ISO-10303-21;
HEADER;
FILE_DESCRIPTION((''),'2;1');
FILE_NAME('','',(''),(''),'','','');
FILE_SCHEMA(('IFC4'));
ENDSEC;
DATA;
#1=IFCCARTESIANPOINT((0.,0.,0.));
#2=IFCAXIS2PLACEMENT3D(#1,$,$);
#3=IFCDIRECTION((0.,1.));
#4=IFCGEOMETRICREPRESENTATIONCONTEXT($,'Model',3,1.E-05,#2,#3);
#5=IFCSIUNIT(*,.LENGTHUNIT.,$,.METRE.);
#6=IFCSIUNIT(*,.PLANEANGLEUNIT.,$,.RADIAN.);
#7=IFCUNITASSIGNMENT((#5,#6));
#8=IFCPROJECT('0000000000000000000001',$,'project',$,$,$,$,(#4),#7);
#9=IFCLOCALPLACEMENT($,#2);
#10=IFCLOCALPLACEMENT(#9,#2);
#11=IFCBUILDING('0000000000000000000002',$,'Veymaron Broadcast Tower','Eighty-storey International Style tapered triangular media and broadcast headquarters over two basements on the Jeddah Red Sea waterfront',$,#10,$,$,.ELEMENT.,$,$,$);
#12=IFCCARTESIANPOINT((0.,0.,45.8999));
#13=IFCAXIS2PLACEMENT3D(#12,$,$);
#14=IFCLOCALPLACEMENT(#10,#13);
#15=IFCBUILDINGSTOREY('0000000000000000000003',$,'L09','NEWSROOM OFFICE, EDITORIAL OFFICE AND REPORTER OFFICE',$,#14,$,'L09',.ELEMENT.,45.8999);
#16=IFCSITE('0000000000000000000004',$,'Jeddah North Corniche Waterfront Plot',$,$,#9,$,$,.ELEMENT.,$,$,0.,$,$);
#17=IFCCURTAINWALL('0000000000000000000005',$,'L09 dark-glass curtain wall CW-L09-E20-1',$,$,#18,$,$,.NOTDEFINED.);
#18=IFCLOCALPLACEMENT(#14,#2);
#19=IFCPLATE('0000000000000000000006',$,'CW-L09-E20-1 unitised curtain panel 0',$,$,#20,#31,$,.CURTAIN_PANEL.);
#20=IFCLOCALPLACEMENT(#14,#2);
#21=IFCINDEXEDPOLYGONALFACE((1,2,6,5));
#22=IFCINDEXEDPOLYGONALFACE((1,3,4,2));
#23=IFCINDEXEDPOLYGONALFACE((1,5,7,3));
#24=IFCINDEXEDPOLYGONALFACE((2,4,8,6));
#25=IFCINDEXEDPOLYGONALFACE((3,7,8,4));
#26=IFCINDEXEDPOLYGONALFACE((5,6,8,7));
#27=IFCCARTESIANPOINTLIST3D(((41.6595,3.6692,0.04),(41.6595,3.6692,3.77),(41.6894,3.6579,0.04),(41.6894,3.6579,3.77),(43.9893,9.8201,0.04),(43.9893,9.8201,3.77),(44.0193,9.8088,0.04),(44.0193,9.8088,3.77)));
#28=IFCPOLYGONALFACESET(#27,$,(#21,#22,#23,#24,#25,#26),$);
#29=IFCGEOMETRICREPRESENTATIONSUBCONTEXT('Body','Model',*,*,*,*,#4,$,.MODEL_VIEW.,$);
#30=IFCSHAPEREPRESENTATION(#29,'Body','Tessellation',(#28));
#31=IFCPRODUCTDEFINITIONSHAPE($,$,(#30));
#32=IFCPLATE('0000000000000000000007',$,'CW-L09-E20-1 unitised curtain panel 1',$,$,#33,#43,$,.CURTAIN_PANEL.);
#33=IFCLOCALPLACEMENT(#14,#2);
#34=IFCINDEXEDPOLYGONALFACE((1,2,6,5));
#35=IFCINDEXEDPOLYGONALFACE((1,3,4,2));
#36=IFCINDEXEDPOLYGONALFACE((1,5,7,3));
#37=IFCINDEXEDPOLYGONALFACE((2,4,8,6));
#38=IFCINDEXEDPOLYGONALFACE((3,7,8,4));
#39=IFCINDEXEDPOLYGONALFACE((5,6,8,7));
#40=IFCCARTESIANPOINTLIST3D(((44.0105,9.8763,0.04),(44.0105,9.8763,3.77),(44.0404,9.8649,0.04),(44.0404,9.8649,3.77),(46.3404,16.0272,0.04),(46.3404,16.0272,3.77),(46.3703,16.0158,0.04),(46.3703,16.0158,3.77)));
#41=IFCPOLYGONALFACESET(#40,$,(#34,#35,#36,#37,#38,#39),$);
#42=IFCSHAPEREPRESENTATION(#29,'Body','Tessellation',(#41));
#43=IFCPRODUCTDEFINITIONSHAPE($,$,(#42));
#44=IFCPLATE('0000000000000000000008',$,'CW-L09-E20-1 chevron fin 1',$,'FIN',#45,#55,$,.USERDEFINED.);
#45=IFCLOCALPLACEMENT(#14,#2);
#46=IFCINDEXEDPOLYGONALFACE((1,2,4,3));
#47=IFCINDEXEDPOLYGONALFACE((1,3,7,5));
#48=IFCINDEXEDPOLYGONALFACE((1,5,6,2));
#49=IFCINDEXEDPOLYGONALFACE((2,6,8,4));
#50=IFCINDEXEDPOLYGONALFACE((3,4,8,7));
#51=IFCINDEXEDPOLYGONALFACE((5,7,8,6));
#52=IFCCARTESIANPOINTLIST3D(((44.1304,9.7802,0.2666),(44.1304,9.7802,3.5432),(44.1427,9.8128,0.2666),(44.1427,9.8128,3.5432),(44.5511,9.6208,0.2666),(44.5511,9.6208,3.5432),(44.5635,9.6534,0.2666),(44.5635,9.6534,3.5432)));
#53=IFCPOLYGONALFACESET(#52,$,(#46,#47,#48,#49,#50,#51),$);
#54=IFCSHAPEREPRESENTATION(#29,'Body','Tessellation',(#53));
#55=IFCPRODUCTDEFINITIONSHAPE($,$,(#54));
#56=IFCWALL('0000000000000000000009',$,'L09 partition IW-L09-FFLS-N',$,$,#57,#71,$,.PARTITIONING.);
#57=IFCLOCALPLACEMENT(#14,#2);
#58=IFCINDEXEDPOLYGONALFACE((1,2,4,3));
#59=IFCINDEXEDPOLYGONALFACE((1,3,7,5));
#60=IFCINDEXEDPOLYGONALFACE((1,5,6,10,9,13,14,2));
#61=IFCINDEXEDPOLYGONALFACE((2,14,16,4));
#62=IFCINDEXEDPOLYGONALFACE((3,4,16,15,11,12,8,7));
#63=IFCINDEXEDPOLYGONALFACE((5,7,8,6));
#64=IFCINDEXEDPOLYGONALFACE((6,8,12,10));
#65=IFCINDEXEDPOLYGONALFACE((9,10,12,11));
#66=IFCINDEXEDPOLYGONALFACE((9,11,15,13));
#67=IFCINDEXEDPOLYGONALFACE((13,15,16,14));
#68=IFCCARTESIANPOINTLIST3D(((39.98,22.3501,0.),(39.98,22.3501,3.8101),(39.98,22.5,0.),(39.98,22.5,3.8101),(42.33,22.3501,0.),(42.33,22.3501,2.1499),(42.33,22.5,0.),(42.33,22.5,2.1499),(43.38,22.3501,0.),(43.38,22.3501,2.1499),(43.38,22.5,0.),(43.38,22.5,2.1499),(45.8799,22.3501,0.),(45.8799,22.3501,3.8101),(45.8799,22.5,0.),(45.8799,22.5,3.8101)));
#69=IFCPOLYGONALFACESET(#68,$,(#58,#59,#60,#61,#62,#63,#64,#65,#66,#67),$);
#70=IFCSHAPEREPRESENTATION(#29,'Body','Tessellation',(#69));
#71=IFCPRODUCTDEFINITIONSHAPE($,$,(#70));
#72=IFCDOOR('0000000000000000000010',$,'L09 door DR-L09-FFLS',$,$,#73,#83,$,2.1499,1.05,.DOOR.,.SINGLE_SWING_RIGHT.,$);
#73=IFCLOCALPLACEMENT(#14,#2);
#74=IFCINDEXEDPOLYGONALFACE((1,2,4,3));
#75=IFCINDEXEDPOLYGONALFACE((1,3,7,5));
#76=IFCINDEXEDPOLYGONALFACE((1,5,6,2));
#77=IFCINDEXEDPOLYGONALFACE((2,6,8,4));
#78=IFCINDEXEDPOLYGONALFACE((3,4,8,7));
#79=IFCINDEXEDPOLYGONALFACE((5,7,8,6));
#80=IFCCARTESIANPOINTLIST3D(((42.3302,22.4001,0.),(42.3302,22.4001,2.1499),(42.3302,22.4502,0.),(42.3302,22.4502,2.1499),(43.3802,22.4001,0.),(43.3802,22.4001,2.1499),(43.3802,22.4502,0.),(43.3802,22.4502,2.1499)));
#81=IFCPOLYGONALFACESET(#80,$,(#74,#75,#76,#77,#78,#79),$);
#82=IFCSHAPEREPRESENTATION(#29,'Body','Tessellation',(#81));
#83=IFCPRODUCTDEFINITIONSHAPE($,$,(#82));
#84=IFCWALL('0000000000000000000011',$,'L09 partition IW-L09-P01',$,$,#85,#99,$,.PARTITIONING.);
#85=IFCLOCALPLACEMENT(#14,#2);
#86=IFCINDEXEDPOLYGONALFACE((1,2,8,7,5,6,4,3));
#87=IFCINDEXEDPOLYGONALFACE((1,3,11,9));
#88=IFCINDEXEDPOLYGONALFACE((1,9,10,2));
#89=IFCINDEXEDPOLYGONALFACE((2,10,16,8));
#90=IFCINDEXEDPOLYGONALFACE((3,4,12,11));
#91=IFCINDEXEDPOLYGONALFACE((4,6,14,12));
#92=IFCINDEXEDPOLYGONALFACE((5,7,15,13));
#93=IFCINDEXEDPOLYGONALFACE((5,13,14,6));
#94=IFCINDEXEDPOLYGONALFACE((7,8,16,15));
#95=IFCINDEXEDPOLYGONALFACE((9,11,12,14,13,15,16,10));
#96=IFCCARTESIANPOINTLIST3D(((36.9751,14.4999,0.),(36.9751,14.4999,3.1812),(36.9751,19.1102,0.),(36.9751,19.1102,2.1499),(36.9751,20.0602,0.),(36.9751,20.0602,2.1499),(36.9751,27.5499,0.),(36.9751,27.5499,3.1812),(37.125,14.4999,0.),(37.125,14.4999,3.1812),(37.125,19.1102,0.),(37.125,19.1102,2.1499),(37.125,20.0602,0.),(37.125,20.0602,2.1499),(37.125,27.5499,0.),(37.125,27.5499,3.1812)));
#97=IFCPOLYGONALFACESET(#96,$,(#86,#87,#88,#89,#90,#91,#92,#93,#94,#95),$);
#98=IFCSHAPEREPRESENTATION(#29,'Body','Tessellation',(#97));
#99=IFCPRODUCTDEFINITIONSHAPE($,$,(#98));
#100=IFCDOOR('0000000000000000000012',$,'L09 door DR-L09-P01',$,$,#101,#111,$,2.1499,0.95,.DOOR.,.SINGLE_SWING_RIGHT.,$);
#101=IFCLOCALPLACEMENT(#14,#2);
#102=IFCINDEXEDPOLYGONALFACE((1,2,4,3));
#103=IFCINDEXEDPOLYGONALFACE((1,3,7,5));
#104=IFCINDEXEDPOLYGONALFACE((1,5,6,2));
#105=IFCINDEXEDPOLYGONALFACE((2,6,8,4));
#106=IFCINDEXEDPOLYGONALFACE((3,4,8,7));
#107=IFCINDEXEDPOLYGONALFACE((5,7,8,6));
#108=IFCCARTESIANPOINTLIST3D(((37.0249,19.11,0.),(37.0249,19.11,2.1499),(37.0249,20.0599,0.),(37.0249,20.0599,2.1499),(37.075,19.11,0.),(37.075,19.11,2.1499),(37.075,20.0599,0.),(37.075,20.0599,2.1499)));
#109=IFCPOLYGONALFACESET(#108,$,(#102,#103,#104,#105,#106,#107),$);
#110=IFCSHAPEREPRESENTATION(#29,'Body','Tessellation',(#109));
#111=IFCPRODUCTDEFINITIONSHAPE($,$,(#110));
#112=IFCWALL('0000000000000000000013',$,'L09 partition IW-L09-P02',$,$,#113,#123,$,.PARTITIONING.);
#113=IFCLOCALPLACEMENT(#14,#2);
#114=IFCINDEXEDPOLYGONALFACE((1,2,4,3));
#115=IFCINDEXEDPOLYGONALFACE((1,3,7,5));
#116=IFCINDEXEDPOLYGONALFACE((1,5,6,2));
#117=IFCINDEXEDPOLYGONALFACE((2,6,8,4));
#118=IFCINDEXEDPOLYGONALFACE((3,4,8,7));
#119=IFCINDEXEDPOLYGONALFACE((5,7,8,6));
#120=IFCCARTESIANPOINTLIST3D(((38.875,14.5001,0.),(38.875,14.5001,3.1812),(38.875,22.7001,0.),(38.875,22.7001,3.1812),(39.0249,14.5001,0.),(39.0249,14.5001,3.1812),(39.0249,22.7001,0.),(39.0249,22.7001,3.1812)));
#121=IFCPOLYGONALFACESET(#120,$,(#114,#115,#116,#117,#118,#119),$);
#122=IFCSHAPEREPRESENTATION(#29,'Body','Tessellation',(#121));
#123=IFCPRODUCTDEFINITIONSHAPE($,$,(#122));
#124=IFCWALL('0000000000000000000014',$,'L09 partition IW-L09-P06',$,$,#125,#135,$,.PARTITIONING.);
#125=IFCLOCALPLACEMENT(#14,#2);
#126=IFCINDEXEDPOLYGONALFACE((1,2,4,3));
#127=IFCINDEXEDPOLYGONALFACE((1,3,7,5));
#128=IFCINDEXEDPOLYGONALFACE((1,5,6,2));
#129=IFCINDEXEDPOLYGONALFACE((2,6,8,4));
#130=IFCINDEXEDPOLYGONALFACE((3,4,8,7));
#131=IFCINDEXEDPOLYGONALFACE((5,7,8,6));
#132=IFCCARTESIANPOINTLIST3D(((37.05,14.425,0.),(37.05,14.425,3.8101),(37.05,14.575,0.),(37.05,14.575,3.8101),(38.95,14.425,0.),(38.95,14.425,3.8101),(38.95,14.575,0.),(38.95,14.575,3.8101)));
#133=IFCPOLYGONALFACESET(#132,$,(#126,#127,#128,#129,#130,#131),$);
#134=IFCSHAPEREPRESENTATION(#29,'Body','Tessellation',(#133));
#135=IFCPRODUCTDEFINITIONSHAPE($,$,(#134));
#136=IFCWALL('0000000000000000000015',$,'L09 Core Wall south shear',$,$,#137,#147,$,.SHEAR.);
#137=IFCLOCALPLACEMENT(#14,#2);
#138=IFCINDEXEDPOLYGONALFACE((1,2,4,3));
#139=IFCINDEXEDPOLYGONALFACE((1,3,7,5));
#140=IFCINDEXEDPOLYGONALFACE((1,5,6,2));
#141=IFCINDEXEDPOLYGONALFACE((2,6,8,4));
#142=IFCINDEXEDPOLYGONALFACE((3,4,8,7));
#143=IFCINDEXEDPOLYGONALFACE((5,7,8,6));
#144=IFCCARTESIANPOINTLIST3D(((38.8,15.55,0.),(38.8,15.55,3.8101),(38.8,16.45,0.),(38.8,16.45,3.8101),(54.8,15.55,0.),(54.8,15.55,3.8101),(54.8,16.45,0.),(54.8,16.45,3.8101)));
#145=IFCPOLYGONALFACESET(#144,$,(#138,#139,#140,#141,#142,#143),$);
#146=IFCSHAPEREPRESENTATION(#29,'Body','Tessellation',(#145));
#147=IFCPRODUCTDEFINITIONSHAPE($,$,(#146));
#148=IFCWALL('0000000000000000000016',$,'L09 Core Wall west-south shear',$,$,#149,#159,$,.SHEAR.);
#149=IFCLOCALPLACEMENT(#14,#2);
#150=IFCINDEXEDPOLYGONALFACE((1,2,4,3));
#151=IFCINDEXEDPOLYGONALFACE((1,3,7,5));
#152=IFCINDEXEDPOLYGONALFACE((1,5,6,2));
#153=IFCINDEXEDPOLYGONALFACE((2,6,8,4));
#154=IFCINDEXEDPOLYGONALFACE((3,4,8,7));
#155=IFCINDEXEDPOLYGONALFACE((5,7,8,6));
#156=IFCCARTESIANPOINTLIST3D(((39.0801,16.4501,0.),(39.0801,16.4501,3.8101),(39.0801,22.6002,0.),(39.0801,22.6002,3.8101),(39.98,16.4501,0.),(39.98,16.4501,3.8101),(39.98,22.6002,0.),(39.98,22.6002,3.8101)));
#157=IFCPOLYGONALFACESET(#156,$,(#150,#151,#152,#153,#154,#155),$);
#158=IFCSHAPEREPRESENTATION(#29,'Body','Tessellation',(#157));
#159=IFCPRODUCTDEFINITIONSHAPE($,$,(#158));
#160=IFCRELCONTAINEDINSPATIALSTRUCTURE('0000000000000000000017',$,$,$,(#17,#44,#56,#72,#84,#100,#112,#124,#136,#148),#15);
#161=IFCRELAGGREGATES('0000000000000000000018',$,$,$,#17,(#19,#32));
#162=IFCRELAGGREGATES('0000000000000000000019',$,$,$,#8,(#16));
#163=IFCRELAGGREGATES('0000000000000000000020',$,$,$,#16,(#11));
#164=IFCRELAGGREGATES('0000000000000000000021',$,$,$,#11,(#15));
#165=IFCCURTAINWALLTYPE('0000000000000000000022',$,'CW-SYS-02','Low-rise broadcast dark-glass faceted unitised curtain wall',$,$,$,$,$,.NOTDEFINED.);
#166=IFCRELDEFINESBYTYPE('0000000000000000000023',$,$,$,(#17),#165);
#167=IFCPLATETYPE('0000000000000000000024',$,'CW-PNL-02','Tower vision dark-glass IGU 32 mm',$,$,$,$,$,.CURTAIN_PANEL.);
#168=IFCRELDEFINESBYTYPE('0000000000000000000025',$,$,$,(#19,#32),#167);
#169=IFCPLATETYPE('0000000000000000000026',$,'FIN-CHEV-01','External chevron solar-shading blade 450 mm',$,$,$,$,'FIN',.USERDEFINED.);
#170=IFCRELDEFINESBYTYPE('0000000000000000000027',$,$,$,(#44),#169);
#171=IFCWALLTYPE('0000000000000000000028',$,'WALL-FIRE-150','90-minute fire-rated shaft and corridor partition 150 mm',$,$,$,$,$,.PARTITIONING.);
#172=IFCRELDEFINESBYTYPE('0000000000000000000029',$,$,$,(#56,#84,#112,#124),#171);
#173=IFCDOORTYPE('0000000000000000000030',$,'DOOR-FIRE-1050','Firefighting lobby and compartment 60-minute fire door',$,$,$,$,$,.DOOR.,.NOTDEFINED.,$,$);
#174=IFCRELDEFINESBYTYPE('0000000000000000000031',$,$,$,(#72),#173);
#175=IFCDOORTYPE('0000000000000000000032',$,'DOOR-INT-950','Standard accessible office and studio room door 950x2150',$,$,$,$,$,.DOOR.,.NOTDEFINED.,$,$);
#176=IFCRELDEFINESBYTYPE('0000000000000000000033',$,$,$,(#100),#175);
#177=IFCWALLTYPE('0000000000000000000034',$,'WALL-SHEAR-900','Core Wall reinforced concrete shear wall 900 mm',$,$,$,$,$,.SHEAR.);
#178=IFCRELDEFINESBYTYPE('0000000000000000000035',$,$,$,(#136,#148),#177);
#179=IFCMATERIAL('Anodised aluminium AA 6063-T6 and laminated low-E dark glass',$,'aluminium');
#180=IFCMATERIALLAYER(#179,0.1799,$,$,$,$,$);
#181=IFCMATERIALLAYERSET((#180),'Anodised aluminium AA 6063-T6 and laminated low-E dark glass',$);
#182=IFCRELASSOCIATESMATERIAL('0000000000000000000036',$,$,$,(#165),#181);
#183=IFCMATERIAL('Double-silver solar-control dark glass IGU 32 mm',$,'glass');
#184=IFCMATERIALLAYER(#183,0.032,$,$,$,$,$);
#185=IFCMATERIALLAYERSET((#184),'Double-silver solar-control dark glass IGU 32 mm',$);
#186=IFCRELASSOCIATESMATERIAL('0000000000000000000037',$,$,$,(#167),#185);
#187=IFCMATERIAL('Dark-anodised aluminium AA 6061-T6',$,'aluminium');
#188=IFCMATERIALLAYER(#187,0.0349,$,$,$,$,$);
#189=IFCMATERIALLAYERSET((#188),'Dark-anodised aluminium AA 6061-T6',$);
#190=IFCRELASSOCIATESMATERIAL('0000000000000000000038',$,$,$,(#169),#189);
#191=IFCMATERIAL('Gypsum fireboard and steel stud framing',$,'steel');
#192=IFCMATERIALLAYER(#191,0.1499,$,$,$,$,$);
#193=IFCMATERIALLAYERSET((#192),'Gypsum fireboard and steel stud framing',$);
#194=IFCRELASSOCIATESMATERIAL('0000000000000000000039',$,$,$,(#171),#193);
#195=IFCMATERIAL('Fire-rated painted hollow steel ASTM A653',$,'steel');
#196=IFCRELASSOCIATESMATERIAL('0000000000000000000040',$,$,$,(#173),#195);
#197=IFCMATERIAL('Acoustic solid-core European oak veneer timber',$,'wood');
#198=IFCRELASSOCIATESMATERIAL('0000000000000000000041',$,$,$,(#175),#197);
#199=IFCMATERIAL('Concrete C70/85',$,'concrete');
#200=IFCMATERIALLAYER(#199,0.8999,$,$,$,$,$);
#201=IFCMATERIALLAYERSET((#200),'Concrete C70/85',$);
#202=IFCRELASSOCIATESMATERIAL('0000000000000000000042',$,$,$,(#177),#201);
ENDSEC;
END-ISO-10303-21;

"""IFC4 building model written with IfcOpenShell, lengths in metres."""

from ifc_helpers import new_model, si_unit, direction, frame, frame_2d, origin, origin_2d, place, context, subcontext, project, spatial, rectangle, extrude, material, layer, layer_set, type_object, element, fill, aggregate, save


model = new_model("IFC4")

# Units and contexts
model_context = context("Model", 3, precision=1e-05, world=origin(), true_north=direction((0.0, 1.0)))
body_context = subcontext(model_context, "Body", "Model", "MODEL_VIEW")
ifc_project = project(units=[si_unit("LENGTHUNIT", "METRE"), si_unit("PLANEANGLEUNIT", "RADIAN")], contexts=[model_context])

# Site, building, storey
site_placement = place(None, origin())
site = spatial("IfcSite", under=ifc_project, at=site_placement, Name="Jeddah North Corniche Waterfront Plot", CompositionType="ELEMENT", RefElevation=0.0)
building_placement = place(site_placement, origin())
building = spatial("IfcBuilding", under=site, at=building_placement, Name="Veymaron Broadcast Tower", Description="Eighty-storey International Style tapered triangular media and broadcast headquarters over two basements on the Jeddah Red Sea waterfront", CompositionType="ELEMENT")
storey_placement = place(building_placement, frame((0.0, 0.0, 45.8999)))
storey = spatial("IfcBuildingStorey", under=building, at=storey_placement, Name="L09", Description="NEWSROOM OFFICE, EDITORIAL OFFICE AND REPORTER OFFICE", LongName="L09", CompositionType="ELEMENT", Elevation=45.8999)

# Shared definitions
ifc_material_1 = material(Name="Concrete C70/85", Category="concrete")

# Curtain wall, plates
ifc_material_2 = material(Name="Anodised aluminium AA 6063-T6 and laminated low-E dark glass", Category="aluminium")
ifc_layer_1 = layer(ifc_material_2, 0.1799)
ifc_layer_set_1 = layer_set([ifc_layer_1], Name="Anodised aluminium AA 6063-T6 and laminated low-E dark glass")
curtain_wall_type = type_object("IfcCurtainWallType", Name="CW-SYS-02", Description="Low-rise broadcast dark-glass faceted unitised curtain wall", PredefinedType="NOTDEFINED", material=ifc_layer_set_1)
curtain_wall_placement = place(storey_placement, origin())
curtain_wall = element("IfcCurtainWall", 1, at=curtain_wall_placement, inside=storey, type_object=curtain_wall_type, Name="L09 dark-glass curtain wall CW-L09-E20-1", PredefinedType="NOTDEFINED")
ifc_material_3 = material(Name="Double-silver solar-control dark glass IGU 32 mm", Category="glass")
ifc_layer_2 = layer(ifc_material_3, 0.032)
ifc_layer_set_2 = layer_set([ifc_layer_2], Name="Double-silver solar-control dark glass IGU 32 mm")
plate_type_1 = type_object("IfcPlateType", Name="CW-PNL-02", Description="Tower vision dark-glass IGU 32 mm", PredefinedType="CURTAIN_PANEL", material=ifc_layer_set_2)
plate_1_placement = place(storey_placement, frame((42.8394, 6.739, 0.04), z_axis=(0.0, 0.0, 1.0), x_axis=(0.354226, 0.93516, 0.0)))
plate_1 = element("IfcPlate", 2, at=plate_1_placement, type_object=plate_type_1, Name="CW-L09-E20-1 unitised curtain panel 0", PredefinedType="CURTAIN_PANEL", context=body_context, shape_type="SweptSolid", body=[
    extrude(rectangle(XDim=6.5774, YDim=0.032, at=origin_2d()), origin(), (0.0, 0.0, 1.0), 3.73),
])
plate_2_placement = place(storey_placement, frame((45.1904, 12.946, 0.04), z_axis=(0.0, 0.0, 1.0), x_axis=(0.354226, 0.93516, 0.0)))
plate_2 = element("IfcPlate", 3, at=plate_2_placement, type_object=plate_type_1, Name="CW-L09-E20-1 unitised curtain panel 1", PredefinedType="CURTAIN_PANEL", context=body_context, shape_type="SweptSolid", body=[
    extrude(rectangle(XDim=6.5774, YDim=0.032, at=origin_2d()), origin(), (0.0, 0.0, 1.0), 3.73),
])
aggregate(curtain_wall, [plate_1, plate_2])

# Plate
ifc_material_4 = material(Name="Dark-anodised aluminium AA 6061-T6", Category="aluminium")
ifc_layer_3 = layer(ifc_material_4, 0.0349)
ifc_layer_set_3 = layer_set([ifc_layer_3], Name="Dark-anodised aluminium AA 6061-T6")
plate_type_2 = type_object("IfcPlateType", Name="FIN-CHEV-01", Description="External chevron solar-shading blade 450 mm", ElementType="FIN", PredefinedType="USERDEFINED", material=ifc_layer_set_3)
plate_3_placement = place(storey_placement, frame((44.3469, 9.7168, 0.2666), z_axis=(0.0, 0.0, 1.0), x_axis=(0.93516, -0.354226, 0.0)))
element("IfcPlate", 4, at=plate_3_placement, inside=storey, type_object=plate_type_2, Name="CW-L09-E20-1 chevron fin 1", ObjectType="FIN", PredefinedType="USERDEFINED", context=body_context, shape_type="SweptSolid", body=[
    extrude(rectangle(XDim=0.45, YDim=0.0349, at=origin_2d()), origin(), (0.0, 0.0, 1.0), 3.2766),
])

# Walls, openings, doors
ifc_material_5 = material(Name="Gypsum fireboard and steel stud framing", Category="steel")
ifc_layer_4 = layer(ifc_material_5, 0.1499)
ifc_layer_set_4 = layer_set([ifc_layer_4], Name="Gypsum fireboard and steel stud framing")
wall_type_1 = type_object("IfcWallType", Name="WALL-FIRE-150", Description="90-minute fire-rated shaft and corridor partition 150 mm", PredefinedType="PARTITIONING", material=ifc_layer_set_4)
wall_1_placement = place(storey_placement, frame((39.98, 22.425, 0.0), z_axis=(0.0, 0.0, 1.0), x_axis=(1.0, 0.0, 0.0)))
wall_1 = element("IfcWall", 5, at=wall_1_placement, inside=storey, type_object=wall_type_1, Name="L09 partition IW-L09-FFLS-N", PredefinedType="PARTITIONING", context=body_context, shape_type="SweptSolid", body=[
    extrude(rectangle(XDim=5.8999, YDim=0.1499, at=frame_2d((2.95, 0.0))), origin(), (0.0, 0.0, 1.0), 3.8101),
])
opening_1_placement = place(wall_1_placement, frame((2.3501, 0.0, 0.0)))
opening_1 = element("IfcOpeningElement", 6, at=opening_1_placement, cuts=wall_1, PredefinedType="OPENING", context=body_context, shape_type="SweptSolid", body=[
    extrude(rectangle(XDim=1.05, YDim=2.1499, at=frame_2d((0.5249, 1.075))), frame((0.0, 0.085, 0.0), z_axis=(0.0, -1.0, 0.0), x_axis=(1.0, 0.0, 0.0)), (0.0, 0.0, 1.0), 0.1699),
])
ifc_material_6 = material(Name="Fire-rated painted hollow steel ASTM A653", Category="steel")
door_type_1 = type_object("IfcDoorType", Name="DOOR-FIRE-1050", Description="Firefighting lobby and compartment 60-minute fire door", OperationType="NOTDEFINED", PredefinedType="DOOR", material=ifc_material_6)
door_1_placement = place(opening_1_placement, frame((1.05, 0.0, 0.0), z_axis=(0.0, 0.0, 1.0), x_axis=(-1.0, 0.0, 0.0)))
door_1 = element("IfcDoor", 7, at=door_1_placement, inside=storey, type_object=door_type_1, Name="L09 door DR-L09-FFLS", OperationType="SINGLE_SWING_RIGHT", OverallHeight=2.1499, OverallWidth=1.05, PredefinedType="DOOR", context=body_context, shape_type="SweptSolid", body=[
    extrude(rectangle(XDim=1.05, YDim=2.1499, at=frame_2d((0.5249, 1.075))), frame((0.0, 0.0249, 0.0), z_axis=(0.0, -1.0, 0.0), x_axis=(1.0, 0.0, 0.0)), (0.0, 0.0, 1.0), 0.05),
])
fill(opening_1, door_1)
wall_2_placement = place(storey_placement, frame((37.05, 14.5, 0.0), z_axis=(0.0, 0.0, 1.0), x_axis=(0.0, 1.0, 0.0)))
wall_2 = element("IfcWall", 8, at=wall_2_placement, inside=storey, type_object=wall_type_1, Name="L09 partition IW-L09-P01", PredefinedType="PARTITIONING", context=body_context, shape_type="SweptSolid", body=[
    extrude(rectangle(XDim=13.05, YDim=0.1499, at=frame_2d((6.5249, 0.0))), origin(), (0.0, 0.0, 1.0), 3.1812),
])
opening_2_placement = place(wall_2_placement, frame((4.6101, 0.0, 0.0)))
opening_2 = element("IfcOpeningElement", 9, at=opening_2_placement, cuts=wall_2, PredefinedType="OPENING", context=body_context, shape_type="SweptSolid", body=[
    extrude(rectangle(XDim=0.95, YDim=2.1499, at=frame_2d((0.4751, 1.075))), frame((0.0, 0.085, 0.0), z_axis=(0.0, -1.0, 0.0), x_axis=(1.0, 0.0, 0.0)), (0.0, 0.0, 1.0), 0.1699),
])
ifc_material_7 = material(Name="Acoustic solid-core European oak veneer timber", Category="wood")
door_type_2 = type_object("IfcDoorType", Name="DOOR-INT-950", Description="Standard accessible office and studio room door 950x2150", OperationType="NOTDEFINED", PredefinedType="DOOR", material=ifc_material_7)
door_2_placement = place(opening_2_placement, frame((0.95, 0.0, 0.0), z_axis=(0.0, 0.0, 1.0), x_axis=(-1.0, 0.0, 0.0)))
door_2 = element("IfcDoor", 10, at=door_2_placement, inside=storey, type_object=door_type_2, Name="L09 door DR-L09-P01", OperationType="SINGLE_SWING_RIGHT", OverallHeight=2.1499, OverallWidth=0.95, PredefinedType="DOOR", context=body_context, shape_type="SweptSolid", body=[
    extrude(rectangle(XDim=0.95, YDim=2.1499, at=frame_2d((0.4751, 1.075))), frame((0.0, 0.0249, 0.0), z_axis=(0.0, -1.0, 0.0), x_axis=(1.0, 0.0, 0.0)), (0.0, 0.0, 1.0), 0.05),
])
fill(opening_2, door_2)

# Walls
wall_3_placement = place(storey_placement, frame((38.95, 14.5, 0.0), z_axis=(0.0, 0.0, 1.0), x_axis=(0.0, 1.0, 0.0)))
element("IfcWall", 11, at=wall_3_placement, inside=storey, type_object=wall_type_1, Name="L09 partition IW-L09-P02", PredefinedType="PARTITIONING", context=body_context, shape_type="SweptSolid", body=[
    extrude(rectangle(XDim=8.2, YDim=0.1499, at=frame_2d((4.1001, 0.0))), origin(), (0.0, 0.0, 1.0), 3.1812),
])
wall_4_placement = place(storey_placement, frame((37.05, 14.5, 0.0), z_axis=(0.0, 0.0, 1.0), x_axis=(1.0, 0.0, 0.0)))
element("IfcWall", 12, at=wall_4_placement, inside=storey, type_object=wall_type_1, Name="L09 partition IW-L09-P06", PredefinedType="PARTITIONING", context=body_context, shape_type="SweptSolid", body=[
    extrude(rectangle(XDim=1.8999, YDim=0.1499, at=frame_2d((0.95, 0.0))), origin(), (0.0, 0.0, 1.0), 3.8101),
])

# Walls
ifc_layer_5 = layer(ifc_material_1, 0.8999)
ifc_layer_set_5 = layer_set([ifc_layer_5], Name="Concrete C70/85")
wall_type_2 = type_object("IfcWallType", Name="WALL-SHEAR-900", Description="Core Wall reinforced concrete shear wall 900 mm", PredefinedType="SHEAR", material=ifc_layer_set_5)
wall_5_placement = place(storey_placement, frame((38.8, 16.0, 0.0), z_axis=(0.0, 0.0, 1.0), x_axis=(1.0, 0.0, 0.0)))
element("IfcWall", 13, at=wall_5_placement, inside=storey, type_object=wall_type_2, Name="L09 Core Wall south shear", PredefinedType="SHEAR", context=body_context, shape_type="SweptSolid", body=[
    extrude(rectangle(XDim=16.0, YDim=0.8999, at=frame_2d((8.0, 0.0))), origin(), (0.0, 0.0, 1.0), 3.8101),
])
wall_6_placement = place(storey_placement, frame((39.53, 16.45, 0.0), z_axis=(0.0, 0.0, 1.0), x_axis=(0.0, 1.0, 0.0)))
element("IfcWall", 14, at=wall_6_placement, inside=storey, type_object=wall_type_2, Name="L09 Core Wall west-south shear", PredefinedType="SHEAR", context=body_context, shape_type="SweptSolid", body=[
    extrude(rectangle(XDim=6.1501, YDim=0.8999, at=frame_2d((3.0752, 0.0))), origin(), (0.0, 0.0, 1.0), 3.8101),
])

save(model, "model.ifc")
